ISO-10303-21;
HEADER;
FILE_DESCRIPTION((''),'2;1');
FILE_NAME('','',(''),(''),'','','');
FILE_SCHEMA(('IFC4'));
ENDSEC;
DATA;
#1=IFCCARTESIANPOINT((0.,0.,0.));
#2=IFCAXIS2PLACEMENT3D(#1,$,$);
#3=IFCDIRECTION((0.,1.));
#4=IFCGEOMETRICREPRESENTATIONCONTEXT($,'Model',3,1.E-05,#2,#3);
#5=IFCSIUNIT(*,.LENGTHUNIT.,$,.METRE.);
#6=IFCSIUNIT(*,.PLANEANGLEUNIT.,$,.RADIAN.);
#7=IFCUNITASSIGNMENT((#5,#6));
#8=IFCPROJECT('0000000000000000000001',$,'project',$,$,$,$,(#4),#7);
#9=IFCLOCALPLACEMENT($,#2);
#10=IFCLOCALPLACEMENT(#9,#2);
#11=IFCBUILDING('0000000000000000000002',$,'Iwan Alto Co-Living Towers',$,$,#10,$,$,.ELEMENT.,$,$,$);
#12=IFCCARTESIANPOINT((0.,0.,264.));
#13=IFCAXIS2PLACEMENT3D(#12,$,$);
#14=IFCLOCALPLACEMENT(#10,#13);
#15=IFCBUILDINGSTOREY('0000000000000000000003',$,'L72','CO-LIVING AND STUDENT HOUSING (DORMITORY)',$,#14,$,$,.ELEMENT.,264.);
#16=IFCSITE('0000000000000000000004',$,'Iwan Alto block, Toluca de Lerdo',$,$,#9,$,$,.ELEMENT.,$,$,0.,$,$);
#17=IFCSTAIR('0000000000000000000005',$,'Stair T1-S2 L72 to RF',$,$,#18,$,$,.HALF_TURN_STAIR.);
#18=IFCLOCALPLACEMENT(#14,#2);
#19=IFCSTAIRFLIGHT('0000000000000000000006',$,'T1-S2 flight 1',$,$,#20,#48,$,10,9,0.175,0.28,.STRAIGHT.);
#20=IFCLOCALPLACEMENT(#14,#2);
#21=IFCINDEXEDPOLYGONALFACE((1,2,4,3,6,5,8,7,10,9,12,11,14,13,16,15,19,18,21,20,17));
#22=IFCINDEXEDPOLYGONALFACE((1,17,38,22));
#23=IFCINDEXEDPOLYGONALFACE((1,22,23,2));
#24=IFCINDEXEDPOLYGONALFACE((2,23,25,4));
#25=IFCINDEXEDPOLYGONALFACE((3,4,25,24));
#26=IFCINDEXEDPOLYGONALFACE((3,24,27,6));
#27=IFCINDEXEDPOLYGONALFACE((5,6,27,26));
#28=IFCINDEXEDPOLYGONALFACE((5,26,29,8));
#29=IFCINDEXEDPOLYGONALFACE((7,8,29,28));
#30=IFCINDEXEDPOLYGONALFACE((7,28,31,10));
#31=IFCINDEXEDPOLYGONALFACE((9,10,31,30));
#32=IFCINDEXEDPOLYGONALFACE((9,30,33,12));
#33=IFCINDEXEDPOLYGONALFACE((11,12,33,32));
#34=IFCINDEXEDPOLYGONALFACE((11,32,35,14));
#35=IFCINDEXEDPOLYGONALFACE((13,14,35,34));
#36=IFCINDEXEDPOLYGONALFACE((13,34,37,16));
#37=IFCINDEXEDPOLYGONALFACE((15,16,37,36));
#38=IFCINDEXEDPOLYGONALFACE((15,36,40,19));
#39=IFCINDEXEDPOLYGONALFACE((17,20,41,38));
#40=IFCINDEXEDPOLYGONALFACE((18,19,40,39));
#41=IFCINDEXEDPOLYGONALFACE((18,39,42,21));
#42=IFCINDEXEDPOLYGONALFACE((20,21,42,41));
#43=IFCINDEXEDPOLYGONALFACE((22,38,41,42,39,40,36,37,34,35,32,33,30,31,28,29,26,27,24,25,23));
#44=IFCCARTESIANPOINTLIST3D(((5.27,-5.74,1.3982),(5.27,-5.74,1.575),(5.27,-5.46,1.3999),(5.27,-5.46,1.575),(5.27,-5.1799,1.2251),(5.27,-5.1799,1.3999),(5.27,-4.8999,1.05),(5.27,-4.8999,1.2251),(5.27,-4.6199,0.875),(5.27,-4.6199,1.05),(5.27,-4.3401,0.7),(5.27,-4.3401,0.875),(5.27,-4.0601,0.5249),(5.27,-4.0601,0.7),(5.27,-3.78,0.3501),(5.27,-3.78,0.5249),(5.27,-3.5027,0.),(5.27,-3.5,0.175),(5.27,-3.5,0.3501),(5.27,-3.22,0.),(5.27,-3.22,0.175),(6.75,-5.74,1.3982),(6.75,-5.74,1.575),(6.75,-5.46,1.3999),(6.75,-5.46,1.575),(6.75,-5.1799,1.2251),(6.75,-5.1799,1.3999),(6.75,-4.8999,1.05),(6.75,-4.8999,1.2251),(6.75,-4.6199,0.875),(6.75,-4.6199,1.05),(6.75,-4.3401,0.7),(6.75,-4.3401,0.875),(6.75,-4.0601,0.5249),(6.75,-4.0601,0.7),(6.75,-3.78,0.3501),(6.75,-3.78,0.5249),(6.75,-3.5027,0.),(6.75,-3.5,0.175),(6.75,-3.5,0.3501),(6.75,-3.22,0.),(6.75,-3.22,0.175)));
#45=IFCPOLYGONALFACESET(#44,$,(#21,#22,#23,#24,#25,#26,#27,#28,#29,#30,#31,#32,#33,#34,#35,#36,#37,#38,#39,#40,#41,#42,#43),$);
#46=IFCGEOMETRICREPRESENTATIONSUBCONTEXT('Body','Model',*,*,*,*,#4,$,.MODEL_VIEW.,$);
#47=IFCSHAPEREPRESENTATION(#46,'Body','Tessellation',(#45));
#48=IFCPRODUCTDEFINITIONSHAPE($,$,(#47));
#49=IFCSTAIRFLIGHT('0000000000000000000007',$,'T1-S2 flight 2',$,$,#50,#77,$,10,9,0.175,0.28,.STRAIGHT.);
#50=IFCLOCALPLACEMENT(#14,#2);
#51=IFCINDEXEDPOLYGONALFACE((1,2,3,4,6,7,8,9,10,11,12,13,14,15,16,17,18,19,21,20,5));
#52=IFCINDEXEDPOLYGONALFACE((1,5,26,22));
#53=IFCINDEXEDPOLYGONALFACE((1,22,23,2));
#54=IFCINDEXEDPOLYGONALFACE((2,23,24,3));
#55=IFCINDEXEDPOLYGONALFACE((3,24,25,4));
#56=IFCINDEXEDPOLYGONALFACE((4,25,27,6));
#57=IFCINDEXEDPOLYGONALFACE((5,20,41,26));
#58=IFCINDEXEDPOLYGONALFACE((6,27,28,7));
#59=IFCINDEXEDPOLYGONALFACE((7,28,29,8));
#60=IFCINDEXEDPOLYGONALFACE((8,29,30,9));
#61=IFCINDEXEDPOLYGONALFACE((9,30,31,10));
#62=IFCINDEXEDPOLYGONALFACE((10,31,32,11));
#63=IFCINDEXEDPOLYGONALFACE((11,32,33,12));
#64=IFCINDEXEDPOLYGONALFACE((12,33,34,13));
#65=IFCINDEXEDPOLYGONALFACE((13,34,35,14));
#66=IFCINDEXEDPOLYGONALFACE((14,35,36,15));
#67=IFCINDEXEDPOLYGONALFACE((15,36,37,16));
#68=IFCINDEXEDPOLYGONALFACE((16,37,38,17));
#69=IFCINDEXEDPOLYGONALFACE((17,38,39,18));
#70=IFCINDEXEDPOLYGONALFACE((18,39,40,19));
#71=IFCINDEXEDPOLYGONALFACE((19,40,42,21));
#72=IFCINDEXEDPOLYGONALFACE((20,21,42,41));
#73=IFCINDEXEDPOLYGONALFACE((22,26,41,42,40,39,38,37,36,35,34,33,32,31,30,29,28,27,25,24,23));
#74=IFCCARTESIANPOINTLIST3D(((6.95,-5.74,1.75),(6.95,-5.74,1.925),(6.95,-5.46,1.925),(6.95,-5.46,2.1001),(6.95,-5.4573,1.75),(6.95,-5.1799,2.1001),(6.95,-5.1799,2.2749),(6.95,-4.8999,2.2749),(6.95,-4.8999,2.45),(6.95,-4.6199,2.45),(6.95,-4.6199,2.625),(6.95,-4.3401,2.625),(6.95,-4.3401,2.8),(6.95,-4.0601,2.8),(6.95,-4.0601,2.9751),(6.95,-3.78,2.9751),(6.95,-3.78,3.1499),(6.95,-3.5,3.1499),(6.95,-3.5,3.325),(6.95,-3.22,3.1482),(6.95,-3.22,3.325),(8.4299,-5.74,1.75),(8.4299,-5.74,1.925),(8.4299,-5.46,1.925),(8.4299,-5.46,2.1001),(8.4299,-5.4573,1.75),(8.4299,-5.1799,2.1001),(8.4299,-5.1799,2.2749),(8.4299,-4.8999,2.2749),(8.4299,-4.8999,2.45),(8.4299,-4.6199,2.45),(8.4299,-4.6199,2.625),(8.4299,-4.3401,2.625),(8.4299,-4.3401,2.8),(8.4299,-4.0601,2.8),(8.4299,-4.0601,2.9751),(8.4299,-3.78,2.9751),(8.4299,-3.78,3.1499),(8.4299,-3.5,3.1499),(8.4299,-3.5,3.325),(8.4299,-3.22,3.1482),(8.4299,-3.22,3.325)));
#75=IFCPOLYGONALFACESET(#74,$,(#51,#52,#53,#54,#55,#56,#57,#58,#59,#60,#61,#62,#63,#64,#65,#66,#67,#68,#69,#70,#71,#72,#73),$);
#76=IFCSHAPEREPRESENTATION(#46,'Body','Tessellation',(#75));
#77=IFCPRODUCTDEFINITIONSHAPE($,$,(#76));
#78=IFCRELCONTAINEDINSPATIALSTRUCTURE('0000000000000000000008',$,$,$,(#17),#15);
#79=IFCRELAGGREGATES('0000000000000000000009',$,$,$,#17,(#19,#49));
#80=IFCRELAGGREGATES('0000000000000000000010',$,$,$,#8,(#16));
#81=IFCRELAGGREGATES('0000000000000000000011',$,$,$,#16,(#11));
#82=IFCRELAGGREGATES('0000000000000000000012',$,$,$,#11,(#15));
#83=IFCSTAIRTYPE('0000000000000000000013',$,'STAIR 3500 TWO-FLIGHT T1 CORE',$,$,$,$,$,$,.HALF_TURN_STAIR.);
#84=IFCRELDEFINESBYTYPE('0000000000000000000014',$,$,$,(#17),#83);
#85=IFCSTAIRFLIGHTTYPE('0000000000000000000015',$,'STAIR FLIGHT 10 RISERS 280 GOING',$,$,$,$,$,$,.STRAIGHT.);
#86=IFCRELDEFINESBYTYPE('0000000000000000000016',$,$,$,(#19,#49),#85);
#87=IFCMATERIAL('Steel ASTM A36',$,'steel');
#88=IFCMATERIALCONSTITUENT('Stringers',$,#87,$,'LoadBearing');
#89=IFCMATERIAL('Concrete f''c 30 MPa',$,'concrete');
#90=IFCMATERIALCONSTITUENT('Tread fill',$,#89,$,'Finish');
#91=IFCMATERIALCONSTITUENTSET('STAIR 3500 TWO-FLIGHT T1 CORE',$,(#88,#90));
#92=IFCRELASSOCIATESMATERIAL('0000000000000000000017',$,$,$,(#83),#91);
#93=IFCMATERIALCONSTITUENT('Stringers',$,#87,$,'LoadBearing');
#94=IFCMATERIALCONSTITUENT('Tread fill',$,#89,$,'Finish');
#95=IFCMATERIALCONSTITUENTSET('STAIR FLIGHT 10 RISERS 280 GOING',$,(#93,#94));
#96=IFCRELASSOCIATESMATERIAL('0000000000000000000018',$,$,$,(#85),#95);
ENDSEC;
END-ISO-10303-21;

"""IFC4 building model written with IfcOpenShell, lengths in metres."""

from ifc_helpers import new_model, si_unit, direction, frame, origin, place, context, subcontext, project, spatial, polyline, outline, extrude, material, constituent, constituent_set, type_object, element, aggregate, save


model = new_model("IFC4")

# Units and contexts
model_context = context("Model", 3, precision=1e-05, world=origin(), true_north=direction((0.0, 1.0)))
body_context = subcontext(model_context, "Body", "Model", "MODEL_VIEW")
ifc_project = project(units=[si_unit("LENGTHUNIT", "METRE"), si_unit("PLANEANGLEUNIT", "RADIAN")], contexts=[model_context])

# Site, building, storey
site_placement = place(None, origin())
site = spatial("IfcSite", under=ifc_project, at=site_placement, Name="Iwan Alto block, Toluca de Lerdo", CompositionType="ELEMENT", RefElevation=0.0)
building_placement = place(site_placement, origin())
building = spatial("IfcBuilding", under=site, at=building_placement, Name="Iwan Alto Co-Living Towers", CompositionType="ELEMENT")
storey_placement = place(building_placement, frame((0.0, 0.0, 264.0)))
storey = spatial("IfcBuildingStorey", under=building, at=storey_placement, Name="L72", Description="CO-LIVING AND STUDENT HOUSING (DORMITORY)", CompositionType="ELEMENT", Elevation=264.0)

# Stair, stair flights
ifc_material_1 = material(Name="Steel ASTM A36", Category="steel")
ifc_constituent_1 = constituent(ifc_material_1, Name="Stringers", Category="LoadBearing")
ifc_material_2 = material(Name="Concrete f'c 30 MPa", Category="concrete")
ifc_constituent_2 = constituent(ifc_material_2, Name="Tread fill", Category="Finish")
ifc_constituent_set_1 = constituent_set(constituents=[ifc_constituent_1, ifc_constituent_2], Name="STAIR 3500 TWO-FLIGHT T1 CORE")
stair_type = type_object("IfcStairType", Name="STAIR 3500 TWO-FLIGHT T1 CORE", PredefinedType="HALF_TURN_STAIR", material=ifc_constituent_set_1)
stair_placement = place(storey_placement, origin())
stair = element("IfcStair", 1, at=stair_placement, inside=storey, type_object=stair_type, Name="Stair T1-S2 L72 to RF", PredefinedType="HALF_TURN_STAIR")
ifc_constituent_3 = constituent(ifc_material_1, Name="Stringers", Category="LoadBearing")
ifc_constituent_4 = constituent(ifc_material_2, Name="Tread fill", Category="Finish")
ifc_constituent_set_2 = constituent_set(constituents=[ifc_constituent_3, ifc_constituent_4], Name="STAIR FLIGHT 10 RISERS 280 GOING")
stair_flight_type = type_object("IfcStairFlightType", Name="STAIR FLIGHT 10 RISERS 280 GOING", PredefinedType="STRAIGHT", material=ifc_constituent_set_2)
stair_flight_1_placement = place(storey_placement, frame((6.01, -3.22, 0.0), z_axis=(0.0, 0.0, 1.0), x_axis=(0.0, -1.0, 0.0)))
stair_flight_1 = element("IfcStairFlight", 2, at=stair_flight_1_placement, type_object=stair_flight_type, Name="T1-S2 flight 1", NumberOfRisers=10, NumberOfTreads=9, PredefinedType="STRAIGHT", RiserHeight=0.175, TreadLength=0.28, context=body_context, shape_type="SweptSolid", body=[
    extrude(outline(polyline([(0.0, 0.0), (0.0, 0.175), (0.28, 0.175), (0.28, 0.3501), (0.5601, 0.3501), (0.5601, 0.5249), (0.8401, 0.5249), (0.8401, 0.7), (1.1201, 0.7), (1.1201, 0.875), (1.3999, 0.875), (1.3999, 1.05), (1.6799, 1.05), (1.6799, 1.2251), (1.96, 1.2251), (1.96, 1.3999), (2.24, 1.3999), (2.24, 1.575), (2.52, 1.575), (2.52, 1.75), (2.52, 1.3982), (0.2827, 0.0), (0.0, 0.0)])), frame((0.0, 0.74, 0.0), z_axis=(0.0, -1.0, 0.0), x_axis=(1.0, 0.0, 0.0)), (0.0, 0.0, 1.0), 1.48),
])
stair_flight_2_placement = place(storey_placement, frame((7.6899, -5.74, 1.75), z_axis=(0.0, 0.0, 1.0), x_axis=(0.0, 1.0, 0.0)))
stair_flight_2 = element("IfcStairFlight", 3, at=stair_flight_2_placement, type_object=stair_flight_type, Name="T1-S2 flight 2", NumberOfRisers=10, NumberOfTreads=9, PredefinedType="STRAIGHT", RiserHeight=0.175, TreadLength=0.28, context=body_context, shape_type="SweptSolid", body=[
    extrude(outline(polyline([(0.0, 0.0), (0.0, 0.175), (0.28, 0.175), (0.28, 0.3501), (0.5601, 0.3501), (0.5601, 0.5249), (0.8401, 0.5249), (0.8401, 0.7), (1.1201, 0.7), (1.1201, 0.875), (1.3999, 0.875), (1.3999, 1.05), (1.6799, 1.05), (1.6799, 1.2251), (1.96, 1.2251), (1.96, 1.3999), (2.24, 1.3999), (2.24, 1.575), (2.52, 1.575), (2.52, 1.75), (2.52, 1.3982), (0.2827, 0.0), (0.0, 0.0)])), frame((0.0, 0.74, 0.0), z_axis=(0.0, -1.0, 0.0), x_axis=(1.0, 0.0, 0.0)), (0.0, 0.0, 1.0), 1.48),
])
aggregate(stair, [stair_flight_1, stair_flight_2])

save(model, "model.ifc")
